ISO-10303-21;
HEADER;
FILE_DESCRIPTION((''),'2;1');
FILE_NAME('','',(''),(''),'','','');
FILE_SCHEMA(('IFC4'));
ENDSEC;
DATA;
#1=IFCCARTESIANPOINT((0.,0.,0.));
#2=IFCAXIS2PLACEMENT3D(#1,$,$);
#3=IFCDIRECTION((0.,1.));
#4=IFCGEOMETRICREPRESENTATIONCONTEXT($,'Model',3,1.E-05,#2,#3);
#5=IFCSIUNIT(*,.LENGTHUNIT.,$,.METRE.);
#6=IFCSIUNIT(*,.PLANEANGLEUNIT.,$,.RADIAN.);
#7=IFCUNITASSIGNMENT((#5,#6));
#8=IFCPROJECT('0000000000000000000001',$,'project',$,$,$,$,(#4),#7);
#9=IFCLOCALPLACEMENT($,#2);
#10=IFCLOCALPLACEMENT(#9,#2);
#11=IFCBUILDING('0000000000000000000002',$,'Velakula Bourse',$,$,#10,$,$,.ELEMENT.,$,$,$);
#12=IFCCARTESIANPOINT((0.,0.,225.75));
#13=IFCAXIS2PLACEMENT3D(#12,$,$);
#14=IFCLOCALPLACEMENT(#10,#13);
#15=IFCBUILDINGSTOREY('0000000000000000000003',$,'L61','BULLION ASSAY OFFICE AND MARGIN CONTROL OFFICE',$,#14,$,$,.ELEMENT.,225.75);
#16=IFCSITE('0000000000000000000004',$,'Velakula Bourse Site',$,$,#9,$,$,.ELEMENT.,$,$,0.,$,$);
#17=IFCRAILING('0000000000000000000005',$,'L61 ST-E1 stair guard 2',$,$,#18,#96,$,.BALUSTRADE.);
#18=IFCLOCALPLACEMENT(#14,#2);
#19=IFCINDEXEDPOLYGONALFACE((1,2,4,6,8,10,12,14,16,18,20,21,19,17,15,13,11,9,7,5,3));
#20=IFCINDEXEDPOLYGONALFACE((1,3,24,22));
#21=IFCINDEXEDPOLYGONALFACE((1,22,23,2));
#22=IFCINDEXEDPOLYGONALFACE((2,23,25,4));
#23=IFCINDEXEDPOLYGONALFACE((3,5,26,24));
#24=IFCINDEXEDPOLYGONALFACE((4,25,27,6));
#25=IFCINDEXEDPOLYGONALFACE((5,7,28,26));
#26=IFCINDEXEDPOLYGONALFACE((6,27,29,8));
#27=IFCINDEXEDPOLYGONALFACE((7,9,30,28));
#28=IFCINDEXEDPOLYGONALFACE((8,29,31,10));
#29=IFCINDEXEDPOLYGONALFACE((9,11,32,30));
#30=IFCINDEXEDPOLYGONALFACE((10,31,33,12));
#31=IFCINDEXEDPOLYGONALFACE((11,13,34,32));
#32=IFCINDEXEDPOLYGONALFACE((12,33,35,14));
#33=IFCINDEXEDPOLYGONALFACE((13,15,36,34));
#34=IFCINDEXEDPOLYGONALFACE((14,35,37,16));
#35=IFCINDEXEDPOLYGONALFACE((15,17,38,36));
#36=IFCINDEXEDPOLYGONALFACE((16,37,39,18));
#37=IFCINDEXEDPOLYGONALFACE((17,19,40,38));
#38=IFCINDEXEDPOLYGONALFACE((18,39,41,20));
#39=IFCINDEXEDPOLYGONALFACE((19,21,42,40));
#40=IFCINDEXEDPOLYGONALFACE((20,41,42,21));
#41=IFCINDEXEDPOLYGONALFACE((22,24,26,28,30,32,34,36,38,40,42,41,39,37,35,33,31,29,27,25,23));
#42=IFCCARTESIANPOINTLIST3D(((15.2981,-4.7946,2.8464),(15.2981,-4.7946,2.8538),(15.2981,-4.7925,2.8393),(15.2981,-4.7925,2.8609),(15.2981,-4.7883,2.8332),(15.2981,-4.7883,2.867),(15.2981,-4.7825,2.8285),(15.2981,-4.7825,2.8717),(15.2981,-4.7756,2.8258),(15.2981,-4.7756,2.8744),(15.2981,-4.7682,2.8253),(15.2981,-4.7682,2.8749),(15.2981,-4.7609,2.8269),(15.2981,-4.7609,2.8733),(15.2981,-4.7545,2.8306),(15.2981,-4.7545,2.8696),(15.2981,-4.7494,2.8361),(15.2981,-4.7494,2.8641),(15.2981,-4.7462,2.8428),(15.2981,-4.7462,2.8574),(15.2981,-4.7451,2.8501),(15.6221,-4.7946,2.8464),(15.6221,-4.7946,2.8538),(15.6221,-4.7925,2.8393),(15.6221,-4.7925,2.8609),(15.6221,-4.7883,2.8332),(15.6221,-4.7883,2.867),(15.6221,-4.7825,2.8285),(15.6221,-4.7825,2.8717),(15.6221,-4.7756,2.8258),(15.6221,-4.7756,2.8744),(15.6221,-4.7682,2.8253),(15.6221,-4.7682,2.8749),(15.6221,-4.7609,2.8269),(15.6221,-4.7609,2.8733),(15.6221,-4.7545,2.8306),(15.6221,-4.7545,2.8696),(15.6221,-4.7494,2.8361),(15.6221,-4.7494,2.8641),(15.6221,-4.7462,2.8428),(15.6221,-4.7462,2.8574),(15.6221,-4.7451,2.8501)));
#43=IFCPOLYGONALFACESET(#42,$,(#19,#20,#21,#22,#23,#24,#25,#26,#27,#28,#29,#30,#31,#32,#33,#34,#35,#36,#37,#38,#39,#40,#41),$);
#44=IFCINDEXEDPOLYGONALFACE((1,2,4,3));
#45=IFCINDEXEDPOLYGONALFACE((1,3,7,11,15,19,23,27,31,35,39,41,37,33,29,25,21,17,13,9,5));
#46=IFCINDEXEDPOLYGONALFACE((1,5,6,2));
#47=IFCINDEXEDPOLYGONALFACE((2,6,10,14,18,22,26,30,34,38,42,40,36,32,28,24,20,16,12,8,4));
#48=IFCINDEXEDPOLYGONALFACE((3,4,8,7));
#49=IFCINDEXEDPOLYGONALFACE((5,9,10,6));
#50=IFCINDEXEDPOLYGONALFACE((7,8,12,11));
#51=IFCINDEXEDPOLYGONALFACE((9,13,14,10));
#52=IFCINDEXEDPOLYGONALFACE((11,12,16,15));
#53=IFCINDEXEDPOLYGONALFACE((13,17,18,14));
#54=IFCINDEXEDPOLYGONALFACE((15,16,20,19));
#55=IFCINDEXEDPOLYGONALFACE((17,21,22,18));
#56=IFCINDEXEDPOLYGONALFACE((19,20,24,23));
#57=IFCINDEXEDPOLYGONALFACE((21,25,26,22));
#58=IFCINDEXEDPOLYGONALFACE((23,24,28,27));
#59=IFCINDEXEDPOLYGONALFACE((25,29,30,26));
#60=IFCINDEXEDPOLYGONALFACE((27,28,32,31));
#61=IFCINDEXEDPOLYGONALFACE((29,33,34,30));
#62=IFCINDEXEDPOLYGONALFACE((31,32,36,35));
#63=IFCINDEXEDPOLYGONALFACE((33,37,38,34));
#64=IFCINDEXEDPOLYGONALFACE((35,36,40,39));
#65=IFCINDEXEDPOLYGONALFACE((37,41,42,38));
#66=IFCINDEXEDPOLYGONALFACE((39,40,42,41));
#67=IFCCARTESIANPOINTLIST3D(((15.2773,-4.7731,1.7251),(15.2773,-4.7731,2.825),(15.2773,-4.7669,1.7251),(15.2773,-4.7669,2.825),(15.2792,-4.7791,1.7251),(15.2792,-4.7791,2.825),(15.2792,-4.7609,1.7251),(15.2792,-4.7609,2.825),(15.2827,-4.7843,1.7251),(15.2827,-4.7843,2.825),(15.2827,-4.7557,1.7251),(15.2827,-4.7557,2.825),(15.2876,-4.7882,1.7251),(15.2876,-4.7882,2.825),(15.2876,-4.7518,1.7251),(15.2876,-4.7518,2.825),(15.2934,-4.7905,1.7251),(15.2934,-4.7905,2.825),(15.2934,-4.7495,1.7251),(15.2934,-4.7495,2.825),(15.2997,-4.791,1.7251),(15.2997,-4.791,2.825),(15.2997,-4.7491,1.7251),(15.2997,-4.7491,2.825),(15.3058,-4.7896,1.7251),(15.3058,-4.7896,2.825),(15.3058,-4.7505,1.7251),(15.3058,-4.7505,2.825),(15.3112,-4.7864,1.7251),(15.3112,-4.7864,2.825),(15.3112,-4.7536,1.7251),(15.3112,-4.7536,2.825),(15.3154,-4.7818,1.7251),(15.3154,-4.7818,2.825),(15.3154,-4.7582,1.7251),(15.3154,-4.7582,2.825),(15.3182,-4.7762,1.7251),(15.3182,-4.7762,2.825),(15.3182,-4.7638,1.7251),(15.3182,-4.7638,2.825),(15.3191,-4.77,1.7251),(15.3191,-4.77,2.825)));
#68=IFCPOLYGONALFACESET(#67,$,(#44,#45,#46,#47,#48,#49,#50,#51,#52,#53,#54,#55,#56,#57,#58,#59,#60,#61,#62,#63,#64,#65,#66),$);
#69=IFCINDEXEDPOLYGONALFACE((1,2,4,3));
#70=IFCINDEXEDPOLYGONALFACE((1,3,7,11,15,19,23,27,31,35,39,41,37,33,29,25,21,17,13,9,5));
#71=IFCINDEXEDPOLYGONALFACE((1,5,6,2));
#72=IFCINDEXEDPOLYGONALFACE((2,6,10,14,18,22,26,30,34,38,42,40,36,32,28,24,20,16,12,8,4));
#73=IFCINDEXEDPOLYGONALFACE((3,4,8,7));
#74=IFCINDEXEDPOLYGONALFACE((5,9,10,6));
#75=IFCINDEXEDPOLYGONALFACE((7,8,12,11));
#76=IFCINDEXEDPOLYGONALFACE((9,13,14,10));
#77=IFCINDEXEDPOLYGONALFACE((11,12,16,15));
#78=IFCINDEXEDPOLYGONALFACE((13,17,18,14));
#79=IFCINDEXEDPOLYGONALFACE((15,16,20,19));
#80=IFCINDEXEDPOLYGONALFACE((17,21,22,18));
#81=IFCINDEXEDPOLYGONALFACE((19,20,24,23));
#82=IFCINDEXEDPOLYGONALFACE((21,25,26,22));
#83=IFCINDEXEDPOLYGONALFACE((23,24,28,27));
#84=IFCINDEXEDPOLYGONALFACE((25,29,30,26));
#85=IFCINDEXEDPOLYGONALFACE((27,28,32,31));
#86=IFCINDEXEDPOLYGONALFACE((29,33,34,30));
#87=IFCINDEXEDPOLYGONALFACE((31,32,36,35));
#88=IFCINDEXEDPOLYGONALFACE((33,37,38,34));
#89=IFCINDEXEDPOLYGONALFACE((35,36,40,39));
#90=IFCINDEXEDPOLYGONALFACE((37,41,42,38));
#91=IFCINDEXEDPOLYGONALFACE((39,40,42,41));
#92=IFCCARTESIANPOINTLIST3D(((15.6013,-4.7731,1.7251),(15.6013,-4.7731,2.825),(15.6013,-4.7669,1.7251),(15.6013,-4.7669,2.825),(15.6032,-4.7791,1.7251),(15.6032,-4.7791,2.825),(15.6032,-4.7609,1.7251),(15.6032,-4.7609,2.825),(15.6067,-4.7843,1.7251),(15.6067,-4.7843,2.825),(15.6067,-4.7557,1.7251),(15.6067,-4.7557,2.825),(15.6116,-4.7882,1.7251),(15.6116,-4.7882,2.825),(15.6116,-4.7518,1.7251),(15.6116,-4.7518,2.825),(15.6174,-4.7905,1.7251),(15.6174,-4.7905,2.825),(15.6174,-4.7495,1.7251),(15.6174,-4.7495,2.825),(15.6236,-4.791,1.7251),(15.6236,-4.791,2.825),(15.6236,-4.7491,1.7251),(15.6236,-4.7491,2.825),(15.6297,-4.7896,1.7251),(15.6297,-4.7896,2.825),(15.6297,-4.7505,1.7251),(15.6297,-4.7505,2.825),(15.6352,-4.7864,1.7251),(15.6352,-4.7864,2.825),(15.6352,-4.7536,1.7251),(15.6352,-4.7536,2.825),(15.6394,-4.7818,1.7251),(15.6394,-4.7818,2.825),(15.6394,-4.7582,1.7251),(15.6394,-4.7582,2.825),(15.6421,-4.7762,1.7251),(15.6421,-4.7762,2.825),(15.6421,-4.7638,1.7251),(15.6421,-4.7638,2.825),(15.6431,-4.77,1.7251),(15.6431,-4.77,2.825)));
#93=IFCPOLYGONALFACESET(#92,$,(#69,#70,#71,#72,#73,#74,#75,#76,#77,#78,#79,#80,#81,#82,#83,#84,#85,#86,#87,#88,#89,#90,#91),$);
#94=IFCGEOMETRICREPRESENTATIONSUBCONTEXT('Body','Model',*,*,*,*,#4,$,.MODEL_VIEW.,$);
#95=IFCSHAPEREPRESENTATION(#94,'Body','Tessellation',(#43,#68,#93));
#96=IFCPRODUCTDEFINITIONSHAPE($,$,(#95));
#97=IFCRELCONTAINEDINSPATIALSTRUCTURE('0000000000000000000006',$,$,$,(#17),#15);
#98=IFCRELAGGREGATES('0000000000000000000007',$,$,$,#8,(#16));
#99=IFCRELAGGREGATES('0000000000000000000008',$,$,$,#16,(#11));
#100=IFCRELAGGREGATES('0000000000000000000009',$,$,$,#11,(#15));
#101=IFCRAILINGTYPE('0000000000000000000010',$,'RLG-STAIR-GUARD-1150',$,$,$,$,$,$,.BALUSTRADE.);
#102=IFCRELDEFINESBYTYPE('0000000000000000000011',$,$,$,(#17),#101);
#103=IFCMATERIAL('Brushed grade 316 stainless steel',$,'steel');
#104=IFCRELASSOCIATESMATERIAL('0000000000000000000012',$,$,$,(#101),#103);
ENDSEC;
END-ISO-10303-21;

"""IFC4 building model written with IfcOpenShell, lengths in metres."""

from ifc_helpers import new_model, si_unit, direction, frame, origin, origin_2d, place, context, subcontext, project, spatial, circle, extrude, material, type_object, element, save


model = new_model("IFC4")

# Units and contexts
model_context = context("Model", 3, precision=1e-05, world=origin(), true_north=direction((0.0, 1.0)))
body_context = subcontext(model_context, "Body", "Model", "MODEL_VIEW")
ifc_project = project(units=[si_unit("LENGTHUNIT", "METRE"), si_unit("PLANEANGLEUNIT", "RADIAN")], contexts=[model_context])

# Site, building, storey
site_placement = place(None, origin())
site = spatial("IfcSite", under=ifc_project, at=site_placement, Name="Velakula Bourse Site", CompositionType="ELEMENT", RefElevation=0.0)
building_placement = place(site_placement, origin())
building = spatial("IfcBuilding", under=site, at=building_placement, Name="Velakula Bourse", CompositionType="ELEMENT")
storey_placement = place(building_placement, frame((0.0, 0.0, 225.75)))
storey = spatial("IfcBuildingStorey", under=building, at=storey_placement, Name="L61", Description="BULLION ASSAY OFFICE AND MARGIN CONTROL OFFICE", CompositionType="ELEMENT", Elevation=225.75)

# Shared definitions
ifc_material_1 = material(Name="Brushed grade 316 stainless steel", Category="steel")

# Railing
railing_type_1 = type_object("IfcRailingType", Name="RLG-STAIR-GUARD-1150", PredefinedType="BALUSTRADE", material=ifc_material_1)
railing_1_placement = place(storey_placement, frame((15.2981, -4.77, 1.7251)))
element("IfcRailing", 1, at=railing_1_placement, inside=storey, type_object=railing_type_1, Name="L61 ST-E1 stair guard 2", PredefinedType="BALUSTRADE", context=body_context, shape_type="SweptSolid", body=[
    extrude(circle(Radius=0.0249, at=origin_2d()), frame((0.0, 0.0, 1.125), z_axis=(1.0, 0.0, 0.0), x_axis=(0.0, 1.0, 0.0)), (0.0, 0.0, 1.0), 0.324),
    extrude(circle(Radius=0.021, at=origin_2d()), origin(), (0.0, 0.0, 1.0), 1.0999),
    extrude(circle(Radius=0.021, at=origin_2d()), frame((0.324, 0.0, 0.0)), (0.0, 0.0, 1.0), 1.0999),
])

save(model, "model.ifc")
